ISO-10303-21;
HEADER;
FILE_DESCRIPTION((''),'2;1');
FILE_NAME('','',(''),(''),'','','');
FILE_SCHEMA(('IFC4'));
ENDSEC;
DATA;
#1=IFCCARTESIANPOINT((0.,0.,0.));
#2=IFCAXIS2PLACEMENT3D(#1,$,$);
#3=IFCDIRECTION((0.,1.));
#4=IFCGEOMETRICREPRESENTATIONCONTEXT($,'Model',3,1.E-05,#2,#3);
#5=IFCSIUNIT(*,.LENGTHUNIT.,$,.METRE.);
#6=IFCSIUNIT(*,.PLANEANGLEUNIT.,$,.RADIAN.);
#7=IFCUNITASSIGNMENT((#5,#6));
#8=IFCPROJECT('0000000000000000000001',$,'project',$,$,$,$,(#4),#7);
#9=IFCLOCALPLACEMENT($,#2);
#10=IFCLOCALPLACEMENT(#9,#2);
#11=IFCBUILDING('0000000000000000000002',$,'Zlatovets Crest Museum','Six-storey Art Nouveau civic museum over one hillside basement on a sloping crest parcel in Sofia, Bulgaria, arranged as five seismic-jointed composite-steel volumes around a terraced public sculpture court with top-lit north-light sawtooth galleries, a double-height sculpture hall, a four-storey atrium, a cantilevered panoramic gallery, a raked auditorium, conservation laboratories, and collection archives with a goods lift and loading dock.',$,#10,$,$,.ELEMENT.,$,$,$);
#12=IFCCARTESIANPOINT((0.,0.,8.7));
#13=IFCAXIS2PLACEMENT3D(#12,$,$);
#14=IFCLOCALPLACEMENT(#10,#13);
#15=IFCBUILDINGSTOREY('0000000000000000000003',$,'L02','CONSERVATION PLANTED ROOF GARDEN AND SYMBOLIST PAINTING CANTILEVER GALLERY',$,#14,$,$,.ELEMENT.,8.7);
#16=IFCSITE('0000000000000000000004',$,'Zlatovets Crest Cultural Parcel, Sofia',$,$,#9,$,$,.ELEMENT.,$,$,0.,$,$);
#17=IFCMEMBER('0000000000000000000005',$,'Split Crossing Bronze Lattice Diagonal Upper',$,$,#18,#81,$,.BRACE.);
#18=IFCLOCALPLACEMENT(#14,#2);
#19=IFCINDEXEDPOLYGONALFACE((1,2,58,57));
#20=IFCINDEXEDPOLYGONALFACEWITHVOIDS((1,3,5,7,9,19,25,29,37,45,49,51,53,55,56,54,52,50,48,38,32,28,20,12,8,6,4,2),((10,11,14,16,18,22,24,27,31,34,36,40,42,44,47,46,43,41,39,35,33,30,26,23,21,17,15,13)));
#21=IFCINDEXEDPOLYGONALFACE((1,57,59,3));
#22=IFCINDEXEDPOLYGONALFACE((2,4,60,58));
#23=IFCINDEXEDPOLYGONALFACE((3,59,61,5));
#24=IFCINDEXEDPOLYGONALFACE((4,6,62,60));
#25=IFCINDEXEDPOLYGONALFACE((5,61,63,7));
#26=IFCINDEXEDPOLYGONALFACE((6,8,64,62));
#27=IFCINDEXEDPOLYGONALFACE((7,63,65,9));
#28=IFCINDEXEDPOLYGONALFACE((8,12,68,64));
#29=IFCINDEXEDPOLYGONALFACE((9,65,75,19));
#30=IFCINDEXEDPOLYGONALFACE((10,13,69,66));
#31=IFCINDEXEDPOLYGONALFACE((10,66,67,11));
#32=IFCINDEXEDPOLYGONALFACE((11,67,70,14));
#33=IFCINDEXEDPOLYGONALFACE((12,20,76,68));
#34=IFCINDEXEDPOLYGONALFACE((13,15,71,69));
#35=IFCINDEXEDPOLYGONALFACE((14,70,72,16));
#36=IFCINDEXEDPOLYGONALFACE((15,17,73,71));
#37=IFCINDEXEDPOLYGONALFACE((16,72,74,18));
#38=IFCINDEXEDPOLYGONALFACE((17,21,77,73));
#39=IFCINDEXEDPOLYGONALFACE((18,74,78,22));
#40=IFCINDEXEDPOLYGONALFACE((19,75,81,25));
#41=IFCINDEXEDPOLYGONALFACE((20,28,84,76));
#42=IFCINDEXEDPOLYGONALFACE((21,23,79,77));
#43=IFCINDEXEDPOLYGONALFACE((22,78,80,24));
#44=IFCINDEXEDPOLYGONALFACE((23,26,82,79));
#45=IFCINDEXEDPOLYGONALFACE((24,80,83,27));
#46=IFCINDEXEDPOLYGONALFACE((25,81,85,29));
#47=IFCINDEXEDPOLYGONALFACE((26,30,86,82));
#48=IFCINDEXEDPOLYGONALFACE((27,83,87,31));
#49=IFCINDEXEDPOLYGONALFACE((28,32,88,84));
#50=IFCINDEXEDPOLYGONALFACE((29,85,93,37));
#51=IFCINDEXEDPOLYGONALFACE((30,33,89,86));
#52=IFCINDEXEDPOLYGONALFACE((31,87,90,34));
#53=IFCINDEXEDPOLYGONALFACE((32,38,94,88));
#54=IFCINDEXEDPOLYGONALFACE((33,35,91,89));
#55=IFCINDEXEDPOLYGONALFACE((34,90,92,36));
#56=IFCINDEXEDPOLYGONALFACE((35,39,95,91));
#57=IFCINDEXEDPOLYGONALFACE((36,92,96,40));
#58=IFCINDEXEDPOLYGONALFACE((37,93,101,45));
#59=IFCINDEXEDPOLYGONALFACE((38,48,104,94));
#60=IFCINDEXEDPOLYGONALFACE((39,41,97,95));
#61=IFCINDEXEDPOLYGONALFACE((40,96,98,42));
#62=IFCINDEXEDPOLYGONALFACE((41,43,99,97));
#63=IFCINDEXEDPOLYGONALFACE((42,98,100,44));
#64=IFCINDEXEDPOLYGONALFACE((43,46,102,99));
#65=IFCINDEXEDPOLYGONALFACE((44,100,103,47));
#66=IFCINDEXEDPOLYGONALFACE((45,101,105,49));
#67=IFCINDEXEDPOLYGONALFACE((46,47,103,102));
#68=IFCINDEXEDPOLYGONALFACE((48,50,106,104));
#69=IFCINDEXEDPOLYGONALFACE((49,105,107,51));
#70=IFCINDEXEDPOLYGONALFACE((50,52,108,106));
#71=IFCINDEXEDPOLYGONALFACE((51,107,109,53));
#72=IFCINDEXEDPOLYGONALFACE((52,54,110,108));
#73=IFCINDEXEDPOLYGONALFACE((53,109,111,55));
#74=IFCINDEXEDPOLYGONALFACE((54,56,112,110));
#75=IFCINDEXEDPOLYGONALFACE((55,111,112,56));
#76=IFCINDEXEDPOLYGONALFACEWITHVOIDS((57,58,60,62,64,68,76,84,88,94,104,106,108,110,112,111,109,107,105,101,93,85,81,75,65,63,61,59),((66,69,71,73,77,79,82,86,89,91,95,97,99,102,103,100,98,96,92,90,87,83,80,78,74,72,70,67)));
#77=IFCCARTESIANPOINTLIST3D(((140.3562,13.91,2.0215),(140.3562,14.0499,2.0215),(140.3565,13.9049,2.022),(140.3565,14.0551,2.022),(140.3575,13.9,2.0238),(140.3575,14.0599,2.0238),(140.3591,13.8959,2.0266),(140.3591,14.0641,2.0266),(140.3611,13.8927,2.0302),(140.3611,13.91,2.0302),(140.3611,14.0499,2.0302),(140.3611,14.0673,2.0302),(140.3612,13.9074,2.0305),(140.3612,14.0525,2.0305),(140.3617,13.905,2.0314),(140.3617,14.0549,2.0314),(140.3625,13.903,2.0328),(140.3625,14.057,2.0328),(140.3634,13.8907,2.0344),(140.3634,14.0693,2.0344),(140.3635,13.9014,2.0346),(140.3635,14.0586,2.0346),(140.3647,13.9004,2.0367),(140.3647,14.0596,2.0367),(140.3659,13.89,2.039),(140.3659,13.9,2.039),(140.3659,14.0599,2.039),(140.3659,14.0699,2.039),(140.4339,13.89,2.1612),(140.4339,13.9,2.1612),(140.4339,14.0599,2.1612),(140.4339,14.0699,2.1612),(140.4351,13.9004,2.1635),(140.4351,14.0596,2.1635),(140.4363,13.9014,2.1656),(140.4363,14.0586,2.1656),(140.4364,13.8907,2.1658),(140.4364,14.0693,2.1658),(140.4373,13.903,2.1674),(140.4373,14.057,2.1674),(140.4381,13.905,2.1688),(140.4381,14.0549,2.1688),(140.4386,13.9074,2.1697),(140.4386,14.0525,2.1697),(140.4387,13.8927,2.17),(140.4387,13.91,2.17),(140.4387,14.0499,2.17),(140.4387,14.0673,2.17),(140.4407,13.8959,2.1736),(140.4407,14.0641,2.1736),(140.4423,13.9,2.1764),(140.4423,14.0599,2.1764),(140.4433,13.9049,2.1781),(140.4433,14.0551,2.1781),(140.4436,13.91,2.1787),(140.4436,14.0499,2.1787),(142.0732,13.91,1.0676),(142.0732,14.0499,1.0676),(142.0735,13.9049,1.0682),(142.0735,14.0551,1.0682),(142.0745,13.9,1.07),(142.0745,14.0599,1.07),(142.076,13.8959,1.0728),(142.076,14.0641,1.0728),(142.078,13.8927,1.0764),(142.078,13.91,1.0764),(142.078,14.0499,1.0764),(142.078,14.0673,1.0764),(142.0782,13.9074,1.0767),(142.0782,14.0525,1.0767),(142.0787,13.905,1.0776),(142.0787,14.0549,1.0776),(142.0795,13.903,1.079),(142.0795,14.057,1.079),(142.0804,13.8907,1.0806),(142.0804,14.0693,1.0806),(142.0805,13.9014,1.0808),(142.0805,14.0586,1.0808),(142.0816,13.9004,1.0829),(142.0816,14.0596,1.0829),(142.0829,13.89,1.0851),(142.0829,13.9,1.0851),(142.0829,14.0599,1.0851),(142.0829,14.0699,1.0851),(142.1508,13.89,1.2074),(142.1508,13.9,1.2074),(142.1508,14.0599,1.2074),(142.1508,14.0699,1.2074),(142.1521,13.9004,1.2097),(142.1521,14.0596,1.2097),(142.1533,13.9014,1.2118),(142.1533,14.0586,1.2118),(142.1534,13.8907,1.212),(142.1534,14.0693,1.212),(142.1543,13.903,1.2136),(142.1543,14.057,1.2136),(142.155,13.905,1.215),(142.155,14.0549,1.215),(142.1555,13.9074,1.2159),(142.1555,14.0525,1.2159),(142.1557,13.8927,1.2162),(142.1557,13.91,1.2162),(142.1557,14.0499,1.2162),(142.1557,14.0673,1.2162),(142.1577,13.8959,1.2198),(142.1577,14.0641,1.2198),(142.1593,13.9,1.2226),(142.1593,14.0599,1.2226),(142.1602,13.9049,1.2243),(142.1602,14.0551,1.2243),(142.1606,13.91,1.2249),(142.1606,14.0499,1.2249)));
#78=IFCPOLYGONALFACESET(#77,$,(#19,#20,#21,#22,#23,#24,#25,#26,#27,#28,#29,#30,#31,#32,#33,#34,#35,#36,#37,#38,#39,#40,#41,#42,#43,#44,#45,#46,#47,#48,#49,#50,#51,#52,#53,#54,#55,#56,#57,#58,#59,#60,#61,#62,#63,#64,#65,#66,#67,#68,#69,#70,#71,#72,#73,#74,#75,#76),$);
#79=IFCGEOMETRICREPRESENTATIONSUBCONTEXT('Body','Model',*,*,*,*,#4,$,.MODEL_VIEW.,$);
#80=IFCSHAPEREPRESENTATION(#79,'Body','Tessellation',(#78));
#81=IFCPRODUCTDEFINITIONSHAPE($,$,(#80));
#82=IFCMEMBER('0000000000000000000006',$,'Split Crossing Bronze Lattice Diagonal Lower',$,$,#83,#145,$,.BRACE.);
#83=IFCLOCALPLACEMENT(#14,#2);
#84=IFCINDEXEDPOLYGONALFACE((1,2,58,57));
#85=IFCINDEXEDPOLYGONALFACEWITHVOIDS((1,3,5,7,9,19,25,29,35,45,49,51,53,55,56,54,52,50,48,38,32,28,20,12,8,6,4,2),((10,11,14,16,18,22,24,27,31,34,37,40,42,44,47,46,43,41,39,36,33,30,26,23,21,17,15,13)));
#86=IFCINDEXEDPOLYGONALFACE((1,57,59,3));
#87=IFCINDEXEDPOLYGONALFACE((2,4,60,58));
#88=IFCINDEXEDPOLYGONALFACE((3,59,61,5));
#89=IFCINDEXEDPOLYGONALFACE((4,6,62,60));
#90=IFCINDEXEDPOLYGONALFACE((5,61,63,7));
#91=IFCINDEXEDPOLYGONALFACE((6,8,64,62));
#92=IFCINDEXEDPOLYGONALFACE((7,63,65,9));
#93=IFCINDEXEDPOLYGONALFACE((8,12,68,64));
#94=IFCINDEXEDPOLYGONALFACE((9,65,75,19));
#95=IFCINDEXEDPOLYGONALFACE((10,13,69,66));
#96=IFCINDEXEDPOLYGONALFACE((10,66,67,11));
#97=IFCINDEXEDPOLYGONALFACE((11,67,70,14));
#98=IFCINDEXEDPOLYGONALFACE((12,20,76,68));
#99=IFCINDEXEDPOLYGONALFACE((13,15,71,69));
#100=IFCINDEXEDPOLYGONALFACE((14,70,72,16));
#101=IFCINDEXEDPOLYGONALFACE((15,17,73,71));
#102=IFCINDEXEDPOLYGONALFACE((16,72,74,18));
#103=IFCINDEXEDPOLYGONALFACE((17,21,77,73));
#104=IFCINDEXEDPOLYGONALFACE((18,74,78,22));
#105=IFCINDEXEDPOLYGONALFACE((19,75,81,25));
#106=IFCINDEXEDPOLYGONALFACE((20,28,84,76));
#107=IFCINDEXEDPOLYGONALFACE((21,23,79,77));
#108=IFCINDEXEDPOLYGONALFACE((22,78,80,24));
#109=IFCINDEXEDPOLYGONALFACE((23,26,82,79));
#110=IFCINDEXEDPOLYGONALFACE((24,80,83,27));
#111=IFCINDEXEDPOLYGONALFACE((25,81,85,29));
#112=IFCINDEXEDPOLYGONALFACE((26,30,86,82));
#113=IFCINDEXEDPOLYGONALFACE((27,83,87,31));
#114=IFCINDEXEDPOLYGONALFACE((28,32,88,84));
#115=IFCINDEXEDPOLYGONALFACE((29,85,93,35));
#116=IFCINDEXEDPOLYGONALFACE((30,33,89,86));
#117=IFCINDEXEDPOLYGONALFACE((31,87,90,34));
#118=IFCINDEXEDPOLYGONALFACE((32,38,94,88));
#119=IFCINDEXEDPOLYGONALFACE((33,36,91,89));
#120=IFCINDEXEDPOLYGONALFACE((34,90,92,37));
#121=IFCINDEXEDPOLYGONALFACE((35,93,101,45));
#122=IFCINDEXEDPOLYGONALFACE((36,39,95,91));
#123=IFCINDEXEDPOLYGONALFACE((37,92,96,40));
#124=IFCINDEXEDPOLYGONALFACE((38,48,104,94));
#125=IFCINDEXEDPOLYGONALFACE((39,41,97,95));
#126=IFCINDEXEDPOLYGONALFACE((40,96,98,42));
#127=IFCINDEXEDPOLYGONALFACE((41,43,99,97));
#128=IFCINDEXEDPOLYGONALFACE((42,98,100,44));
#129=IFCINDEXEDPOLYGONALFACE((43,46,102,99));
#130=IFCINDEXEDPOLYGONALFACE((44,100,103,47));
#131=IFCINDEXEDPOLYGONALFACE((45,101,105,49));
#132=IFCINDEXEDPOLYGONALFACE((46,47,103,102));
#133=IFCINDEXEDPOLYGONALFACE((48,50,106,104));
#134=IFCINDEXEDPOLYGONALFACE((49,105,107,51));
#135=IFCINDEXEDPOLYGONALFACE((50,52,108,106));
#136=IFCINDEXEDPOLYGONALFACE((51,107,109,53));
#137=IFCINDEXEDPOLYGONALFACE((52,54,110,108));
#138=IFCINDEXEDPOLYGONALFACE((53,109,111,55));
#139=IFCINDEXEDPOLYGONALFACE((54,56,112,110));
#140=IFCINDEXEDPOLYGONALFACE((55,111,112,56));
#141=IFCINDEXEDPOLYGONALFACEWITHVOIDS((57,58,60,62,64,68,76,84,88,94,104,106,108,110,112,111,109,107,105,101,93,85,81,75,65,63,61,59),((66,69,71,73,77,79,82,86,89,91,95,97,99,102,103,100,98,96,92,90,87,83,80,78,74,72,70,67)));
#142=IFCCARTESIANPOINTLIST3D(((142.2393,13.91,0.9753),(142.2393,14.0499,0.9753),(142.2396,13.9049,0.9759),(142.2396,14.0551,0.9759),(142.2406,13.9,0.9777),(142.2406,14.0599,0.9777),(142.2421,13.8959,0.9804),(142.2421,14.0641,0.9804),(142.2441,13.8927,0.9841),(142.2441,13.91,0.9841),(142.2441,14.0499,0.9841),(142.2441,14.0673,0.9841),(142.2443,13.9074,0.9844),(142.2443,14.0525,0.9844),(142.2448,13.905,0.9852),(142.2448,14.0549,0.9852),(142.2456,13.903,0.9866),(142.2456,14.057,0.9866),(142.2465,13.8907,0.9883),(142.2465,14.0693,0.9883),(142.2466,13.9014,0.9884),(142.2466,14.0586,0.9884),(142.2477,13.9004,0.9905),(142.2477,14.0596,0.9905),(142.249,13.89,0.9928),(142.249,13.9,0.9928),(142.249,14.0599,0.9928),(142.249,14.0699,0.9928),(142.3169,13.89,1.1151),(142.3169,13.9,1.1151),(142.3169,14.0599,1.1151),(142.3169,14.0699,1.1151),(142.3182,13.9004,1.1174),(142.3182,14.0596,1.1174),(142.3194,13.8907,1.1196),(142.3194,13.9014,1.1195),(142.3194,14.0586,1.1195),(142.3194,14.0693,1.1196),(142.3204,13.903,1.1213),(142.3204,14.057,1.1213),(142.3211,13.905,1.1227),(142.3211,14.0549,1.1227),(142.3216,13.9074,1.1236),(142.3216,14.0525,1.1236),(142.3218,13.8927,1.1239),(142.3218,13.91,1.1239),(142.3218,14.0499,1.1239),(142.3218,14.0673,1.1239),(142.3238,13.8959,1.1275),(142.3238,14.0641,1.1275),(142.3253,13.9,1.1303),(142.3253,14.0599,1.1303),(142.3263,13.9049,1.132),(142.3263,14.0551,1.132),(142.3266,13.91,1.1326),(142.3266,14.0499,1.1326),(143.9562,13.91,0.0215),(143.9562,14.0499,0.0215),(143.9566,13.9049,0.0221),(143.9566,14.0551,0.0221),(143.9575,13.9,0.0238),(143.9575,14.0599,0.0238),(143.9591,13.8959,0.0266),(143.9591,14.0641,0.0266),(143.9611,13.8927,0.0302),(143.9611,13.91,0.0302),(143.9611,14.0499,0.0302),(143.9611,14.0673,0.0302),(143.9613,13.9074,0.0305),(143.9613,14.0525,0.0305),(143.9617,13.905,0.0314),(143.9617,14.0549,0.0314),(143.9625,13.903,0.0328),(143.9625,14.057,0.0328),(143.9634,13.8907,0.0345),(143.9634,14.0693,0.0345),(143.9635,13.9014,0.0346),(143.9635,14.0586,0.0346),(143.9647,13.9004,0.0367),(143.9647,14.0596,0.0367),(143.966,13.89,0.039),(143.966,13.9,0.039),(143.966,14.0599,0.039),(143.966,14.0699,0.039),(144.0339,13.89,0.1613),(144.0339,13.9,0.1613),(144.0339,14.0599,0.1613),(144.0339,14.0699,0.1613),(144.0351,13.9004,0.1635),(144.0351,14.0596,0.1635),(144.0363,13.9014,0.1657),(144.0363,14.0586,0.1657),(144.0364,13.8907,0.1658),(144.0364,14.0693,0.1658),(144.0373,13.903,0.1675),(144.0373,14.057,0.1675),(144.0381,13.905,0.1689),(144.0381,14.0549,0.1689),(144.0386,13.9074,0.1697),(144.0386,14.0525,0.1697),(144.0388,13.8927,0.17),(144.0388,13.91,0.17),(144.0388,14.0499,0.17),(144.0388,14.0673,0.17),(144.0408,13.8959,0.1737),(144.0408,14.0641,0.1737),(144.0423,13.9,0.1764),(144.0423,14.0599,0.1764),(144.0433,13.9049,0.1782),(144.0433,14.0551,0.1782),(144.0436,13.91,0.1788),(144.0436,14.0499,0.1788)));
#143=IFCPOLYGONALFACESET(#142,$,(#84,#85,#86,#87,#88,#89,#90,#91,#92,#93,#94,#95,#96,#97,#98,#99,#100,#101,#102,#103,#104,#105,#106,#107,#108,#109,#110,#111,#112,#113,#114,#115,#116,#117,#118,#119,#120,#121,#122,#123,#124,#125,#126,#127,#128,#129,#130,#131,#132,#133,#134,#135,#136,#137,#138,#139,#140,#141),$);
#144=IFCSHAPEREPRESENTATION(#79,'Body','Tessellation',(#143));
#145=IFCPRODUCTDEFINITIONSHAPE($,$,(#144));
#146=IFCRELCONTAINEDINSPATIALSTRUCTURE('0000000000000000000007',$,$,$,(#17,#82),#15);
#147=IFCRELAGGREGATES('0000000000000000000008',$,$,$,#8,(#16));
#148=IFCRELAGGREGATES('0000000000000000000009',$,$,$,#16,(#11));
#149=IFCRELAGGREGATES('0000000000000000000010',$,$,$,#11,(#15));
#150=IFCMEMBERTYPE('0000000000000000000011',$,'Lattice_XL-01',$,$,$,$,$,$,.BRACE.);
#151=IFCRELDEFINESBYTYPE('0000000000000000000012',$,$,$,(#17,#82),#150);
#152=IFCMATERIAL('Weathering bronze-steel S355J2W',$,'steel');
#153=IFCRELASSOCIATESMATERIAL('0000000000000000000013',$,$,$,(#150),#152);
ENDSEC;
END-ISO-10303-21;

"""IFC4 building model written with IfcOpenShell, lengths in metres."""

from ifc_helpers import new_model, si_unit, direction, frame, origin, origin_2d, place, context, subcontext, project, spatial, hollow_rectangle, extrude, material, material_profile, profile_set, type_object, element, save


model = new_model("IFC4")

# Units and contexts
model_context = context("Model", 3, precision=1e-05, world=origin(), true_north=direction((0.0, 1.0)))
body_context = subcontext(model_context, "Body", "Model", "MODEL_VIEW")
ifc_project = project(units=[si_unit("LENGTHUNIT", "METRE"), si_unit("PLANEANGLEUNIT", "RADIAN")], contexts=[model_context])

# Site, building, storey
site_placement = place(None, origin())
site = spatial("IfcSite", under=ifc_project, at=site_placement, Name="Zlatovets Crest Cultural Parcel, Sofia", CompositionType="ELEMENT", RefElevation=0.0)
building_placement = place(site_placement, origin())
building = spatial("IfcBuilding", under=site, at=building_placement, Name="Zlatovets Crest Museum", Description="Six-storey Art Nouveau civic museum over one hillside basement on a sloping crest parcel in Sofia, Bulgaria, arranged as five seismic-jointed composite-steel volumes around a terraced public sculpture court with top-lit north-light sawtooth galleries, a double-height sculpture hall, a four-storey atrium, a cantilevered panoramic gallery, a raked auditorium, conservation laboratories, and collection archives with a goods lift and loading dock.", CompositionType="ELEMENT")
storey_placement = place(building_placement, frame((0.0, 0.0, 8.7)))
storey = spatial("IfcBuildingStorey", under=building, at=storey_placement, Name="L02", Description="CONSERVATION PLANTED ROOF GARDEN AND SYMBOLIST PAINTING CANTILEVER GALLERY", CompositionType="ELEMENT", Elevation=8.7)

# Members
ifc_material_1 = material(Name="Weathering bronze-steel S355J2W", Category="steel")
ifc_material_profile_1 = material_profile(ifc_material_1, hollow_rectangle(XDim=0.1799, YDim=0.1799, WallThickness=0.01, InnerFilletRadius=0.01, OuterFilletRadius=0.02, at=origin_2d()), Name="SHS 180x180x10.0")
ifc_profile_set_1 = profile_set([ifc_material_profile_1], Name="Weathering bronze-steel S355J2W")
member_type_1 = type_object("IfcMemberType", Name="Lattice_XL-01", PredefinedType="BRACE", material=ifc_profile_set_1)
for number, where, z_axis, x_axis, name in (
    (1, (140.3999, 13.98, 2.1001), (0.874169, 0.0, -0.485622), (0.0, 1.0, 0.0), "Split Crossing Bronze Lattice Diagonal Upper"),
    (2, (142.283, 13.98, 1.054), (0.874169, 0.0, -0.485622), (0.0, 1.0, 0.0), "Split Crossing Bronze Lattice Diagonal Lower"),
):
    element("IfcMember", number, at=place(storey_placement, frame(where, z_axis=z_axis, x_axis=x_axis)), inside=storey, type_object=member_type_1, Name=name, PredefinedType="BRACE", context=body_context, shape_type="SweptSolid", body=[
        extrude(hollow_rectangle(XDim=0.1799, YDim=0.1799, WallThickness=0.01, InnerFilletRadius=0.01, OuterFilletRadius=0.02, at=origin_2d()), origin(), (0.0, 0.0, 1.0), 1.9641),
    ])

save(model, "model.ifc")
